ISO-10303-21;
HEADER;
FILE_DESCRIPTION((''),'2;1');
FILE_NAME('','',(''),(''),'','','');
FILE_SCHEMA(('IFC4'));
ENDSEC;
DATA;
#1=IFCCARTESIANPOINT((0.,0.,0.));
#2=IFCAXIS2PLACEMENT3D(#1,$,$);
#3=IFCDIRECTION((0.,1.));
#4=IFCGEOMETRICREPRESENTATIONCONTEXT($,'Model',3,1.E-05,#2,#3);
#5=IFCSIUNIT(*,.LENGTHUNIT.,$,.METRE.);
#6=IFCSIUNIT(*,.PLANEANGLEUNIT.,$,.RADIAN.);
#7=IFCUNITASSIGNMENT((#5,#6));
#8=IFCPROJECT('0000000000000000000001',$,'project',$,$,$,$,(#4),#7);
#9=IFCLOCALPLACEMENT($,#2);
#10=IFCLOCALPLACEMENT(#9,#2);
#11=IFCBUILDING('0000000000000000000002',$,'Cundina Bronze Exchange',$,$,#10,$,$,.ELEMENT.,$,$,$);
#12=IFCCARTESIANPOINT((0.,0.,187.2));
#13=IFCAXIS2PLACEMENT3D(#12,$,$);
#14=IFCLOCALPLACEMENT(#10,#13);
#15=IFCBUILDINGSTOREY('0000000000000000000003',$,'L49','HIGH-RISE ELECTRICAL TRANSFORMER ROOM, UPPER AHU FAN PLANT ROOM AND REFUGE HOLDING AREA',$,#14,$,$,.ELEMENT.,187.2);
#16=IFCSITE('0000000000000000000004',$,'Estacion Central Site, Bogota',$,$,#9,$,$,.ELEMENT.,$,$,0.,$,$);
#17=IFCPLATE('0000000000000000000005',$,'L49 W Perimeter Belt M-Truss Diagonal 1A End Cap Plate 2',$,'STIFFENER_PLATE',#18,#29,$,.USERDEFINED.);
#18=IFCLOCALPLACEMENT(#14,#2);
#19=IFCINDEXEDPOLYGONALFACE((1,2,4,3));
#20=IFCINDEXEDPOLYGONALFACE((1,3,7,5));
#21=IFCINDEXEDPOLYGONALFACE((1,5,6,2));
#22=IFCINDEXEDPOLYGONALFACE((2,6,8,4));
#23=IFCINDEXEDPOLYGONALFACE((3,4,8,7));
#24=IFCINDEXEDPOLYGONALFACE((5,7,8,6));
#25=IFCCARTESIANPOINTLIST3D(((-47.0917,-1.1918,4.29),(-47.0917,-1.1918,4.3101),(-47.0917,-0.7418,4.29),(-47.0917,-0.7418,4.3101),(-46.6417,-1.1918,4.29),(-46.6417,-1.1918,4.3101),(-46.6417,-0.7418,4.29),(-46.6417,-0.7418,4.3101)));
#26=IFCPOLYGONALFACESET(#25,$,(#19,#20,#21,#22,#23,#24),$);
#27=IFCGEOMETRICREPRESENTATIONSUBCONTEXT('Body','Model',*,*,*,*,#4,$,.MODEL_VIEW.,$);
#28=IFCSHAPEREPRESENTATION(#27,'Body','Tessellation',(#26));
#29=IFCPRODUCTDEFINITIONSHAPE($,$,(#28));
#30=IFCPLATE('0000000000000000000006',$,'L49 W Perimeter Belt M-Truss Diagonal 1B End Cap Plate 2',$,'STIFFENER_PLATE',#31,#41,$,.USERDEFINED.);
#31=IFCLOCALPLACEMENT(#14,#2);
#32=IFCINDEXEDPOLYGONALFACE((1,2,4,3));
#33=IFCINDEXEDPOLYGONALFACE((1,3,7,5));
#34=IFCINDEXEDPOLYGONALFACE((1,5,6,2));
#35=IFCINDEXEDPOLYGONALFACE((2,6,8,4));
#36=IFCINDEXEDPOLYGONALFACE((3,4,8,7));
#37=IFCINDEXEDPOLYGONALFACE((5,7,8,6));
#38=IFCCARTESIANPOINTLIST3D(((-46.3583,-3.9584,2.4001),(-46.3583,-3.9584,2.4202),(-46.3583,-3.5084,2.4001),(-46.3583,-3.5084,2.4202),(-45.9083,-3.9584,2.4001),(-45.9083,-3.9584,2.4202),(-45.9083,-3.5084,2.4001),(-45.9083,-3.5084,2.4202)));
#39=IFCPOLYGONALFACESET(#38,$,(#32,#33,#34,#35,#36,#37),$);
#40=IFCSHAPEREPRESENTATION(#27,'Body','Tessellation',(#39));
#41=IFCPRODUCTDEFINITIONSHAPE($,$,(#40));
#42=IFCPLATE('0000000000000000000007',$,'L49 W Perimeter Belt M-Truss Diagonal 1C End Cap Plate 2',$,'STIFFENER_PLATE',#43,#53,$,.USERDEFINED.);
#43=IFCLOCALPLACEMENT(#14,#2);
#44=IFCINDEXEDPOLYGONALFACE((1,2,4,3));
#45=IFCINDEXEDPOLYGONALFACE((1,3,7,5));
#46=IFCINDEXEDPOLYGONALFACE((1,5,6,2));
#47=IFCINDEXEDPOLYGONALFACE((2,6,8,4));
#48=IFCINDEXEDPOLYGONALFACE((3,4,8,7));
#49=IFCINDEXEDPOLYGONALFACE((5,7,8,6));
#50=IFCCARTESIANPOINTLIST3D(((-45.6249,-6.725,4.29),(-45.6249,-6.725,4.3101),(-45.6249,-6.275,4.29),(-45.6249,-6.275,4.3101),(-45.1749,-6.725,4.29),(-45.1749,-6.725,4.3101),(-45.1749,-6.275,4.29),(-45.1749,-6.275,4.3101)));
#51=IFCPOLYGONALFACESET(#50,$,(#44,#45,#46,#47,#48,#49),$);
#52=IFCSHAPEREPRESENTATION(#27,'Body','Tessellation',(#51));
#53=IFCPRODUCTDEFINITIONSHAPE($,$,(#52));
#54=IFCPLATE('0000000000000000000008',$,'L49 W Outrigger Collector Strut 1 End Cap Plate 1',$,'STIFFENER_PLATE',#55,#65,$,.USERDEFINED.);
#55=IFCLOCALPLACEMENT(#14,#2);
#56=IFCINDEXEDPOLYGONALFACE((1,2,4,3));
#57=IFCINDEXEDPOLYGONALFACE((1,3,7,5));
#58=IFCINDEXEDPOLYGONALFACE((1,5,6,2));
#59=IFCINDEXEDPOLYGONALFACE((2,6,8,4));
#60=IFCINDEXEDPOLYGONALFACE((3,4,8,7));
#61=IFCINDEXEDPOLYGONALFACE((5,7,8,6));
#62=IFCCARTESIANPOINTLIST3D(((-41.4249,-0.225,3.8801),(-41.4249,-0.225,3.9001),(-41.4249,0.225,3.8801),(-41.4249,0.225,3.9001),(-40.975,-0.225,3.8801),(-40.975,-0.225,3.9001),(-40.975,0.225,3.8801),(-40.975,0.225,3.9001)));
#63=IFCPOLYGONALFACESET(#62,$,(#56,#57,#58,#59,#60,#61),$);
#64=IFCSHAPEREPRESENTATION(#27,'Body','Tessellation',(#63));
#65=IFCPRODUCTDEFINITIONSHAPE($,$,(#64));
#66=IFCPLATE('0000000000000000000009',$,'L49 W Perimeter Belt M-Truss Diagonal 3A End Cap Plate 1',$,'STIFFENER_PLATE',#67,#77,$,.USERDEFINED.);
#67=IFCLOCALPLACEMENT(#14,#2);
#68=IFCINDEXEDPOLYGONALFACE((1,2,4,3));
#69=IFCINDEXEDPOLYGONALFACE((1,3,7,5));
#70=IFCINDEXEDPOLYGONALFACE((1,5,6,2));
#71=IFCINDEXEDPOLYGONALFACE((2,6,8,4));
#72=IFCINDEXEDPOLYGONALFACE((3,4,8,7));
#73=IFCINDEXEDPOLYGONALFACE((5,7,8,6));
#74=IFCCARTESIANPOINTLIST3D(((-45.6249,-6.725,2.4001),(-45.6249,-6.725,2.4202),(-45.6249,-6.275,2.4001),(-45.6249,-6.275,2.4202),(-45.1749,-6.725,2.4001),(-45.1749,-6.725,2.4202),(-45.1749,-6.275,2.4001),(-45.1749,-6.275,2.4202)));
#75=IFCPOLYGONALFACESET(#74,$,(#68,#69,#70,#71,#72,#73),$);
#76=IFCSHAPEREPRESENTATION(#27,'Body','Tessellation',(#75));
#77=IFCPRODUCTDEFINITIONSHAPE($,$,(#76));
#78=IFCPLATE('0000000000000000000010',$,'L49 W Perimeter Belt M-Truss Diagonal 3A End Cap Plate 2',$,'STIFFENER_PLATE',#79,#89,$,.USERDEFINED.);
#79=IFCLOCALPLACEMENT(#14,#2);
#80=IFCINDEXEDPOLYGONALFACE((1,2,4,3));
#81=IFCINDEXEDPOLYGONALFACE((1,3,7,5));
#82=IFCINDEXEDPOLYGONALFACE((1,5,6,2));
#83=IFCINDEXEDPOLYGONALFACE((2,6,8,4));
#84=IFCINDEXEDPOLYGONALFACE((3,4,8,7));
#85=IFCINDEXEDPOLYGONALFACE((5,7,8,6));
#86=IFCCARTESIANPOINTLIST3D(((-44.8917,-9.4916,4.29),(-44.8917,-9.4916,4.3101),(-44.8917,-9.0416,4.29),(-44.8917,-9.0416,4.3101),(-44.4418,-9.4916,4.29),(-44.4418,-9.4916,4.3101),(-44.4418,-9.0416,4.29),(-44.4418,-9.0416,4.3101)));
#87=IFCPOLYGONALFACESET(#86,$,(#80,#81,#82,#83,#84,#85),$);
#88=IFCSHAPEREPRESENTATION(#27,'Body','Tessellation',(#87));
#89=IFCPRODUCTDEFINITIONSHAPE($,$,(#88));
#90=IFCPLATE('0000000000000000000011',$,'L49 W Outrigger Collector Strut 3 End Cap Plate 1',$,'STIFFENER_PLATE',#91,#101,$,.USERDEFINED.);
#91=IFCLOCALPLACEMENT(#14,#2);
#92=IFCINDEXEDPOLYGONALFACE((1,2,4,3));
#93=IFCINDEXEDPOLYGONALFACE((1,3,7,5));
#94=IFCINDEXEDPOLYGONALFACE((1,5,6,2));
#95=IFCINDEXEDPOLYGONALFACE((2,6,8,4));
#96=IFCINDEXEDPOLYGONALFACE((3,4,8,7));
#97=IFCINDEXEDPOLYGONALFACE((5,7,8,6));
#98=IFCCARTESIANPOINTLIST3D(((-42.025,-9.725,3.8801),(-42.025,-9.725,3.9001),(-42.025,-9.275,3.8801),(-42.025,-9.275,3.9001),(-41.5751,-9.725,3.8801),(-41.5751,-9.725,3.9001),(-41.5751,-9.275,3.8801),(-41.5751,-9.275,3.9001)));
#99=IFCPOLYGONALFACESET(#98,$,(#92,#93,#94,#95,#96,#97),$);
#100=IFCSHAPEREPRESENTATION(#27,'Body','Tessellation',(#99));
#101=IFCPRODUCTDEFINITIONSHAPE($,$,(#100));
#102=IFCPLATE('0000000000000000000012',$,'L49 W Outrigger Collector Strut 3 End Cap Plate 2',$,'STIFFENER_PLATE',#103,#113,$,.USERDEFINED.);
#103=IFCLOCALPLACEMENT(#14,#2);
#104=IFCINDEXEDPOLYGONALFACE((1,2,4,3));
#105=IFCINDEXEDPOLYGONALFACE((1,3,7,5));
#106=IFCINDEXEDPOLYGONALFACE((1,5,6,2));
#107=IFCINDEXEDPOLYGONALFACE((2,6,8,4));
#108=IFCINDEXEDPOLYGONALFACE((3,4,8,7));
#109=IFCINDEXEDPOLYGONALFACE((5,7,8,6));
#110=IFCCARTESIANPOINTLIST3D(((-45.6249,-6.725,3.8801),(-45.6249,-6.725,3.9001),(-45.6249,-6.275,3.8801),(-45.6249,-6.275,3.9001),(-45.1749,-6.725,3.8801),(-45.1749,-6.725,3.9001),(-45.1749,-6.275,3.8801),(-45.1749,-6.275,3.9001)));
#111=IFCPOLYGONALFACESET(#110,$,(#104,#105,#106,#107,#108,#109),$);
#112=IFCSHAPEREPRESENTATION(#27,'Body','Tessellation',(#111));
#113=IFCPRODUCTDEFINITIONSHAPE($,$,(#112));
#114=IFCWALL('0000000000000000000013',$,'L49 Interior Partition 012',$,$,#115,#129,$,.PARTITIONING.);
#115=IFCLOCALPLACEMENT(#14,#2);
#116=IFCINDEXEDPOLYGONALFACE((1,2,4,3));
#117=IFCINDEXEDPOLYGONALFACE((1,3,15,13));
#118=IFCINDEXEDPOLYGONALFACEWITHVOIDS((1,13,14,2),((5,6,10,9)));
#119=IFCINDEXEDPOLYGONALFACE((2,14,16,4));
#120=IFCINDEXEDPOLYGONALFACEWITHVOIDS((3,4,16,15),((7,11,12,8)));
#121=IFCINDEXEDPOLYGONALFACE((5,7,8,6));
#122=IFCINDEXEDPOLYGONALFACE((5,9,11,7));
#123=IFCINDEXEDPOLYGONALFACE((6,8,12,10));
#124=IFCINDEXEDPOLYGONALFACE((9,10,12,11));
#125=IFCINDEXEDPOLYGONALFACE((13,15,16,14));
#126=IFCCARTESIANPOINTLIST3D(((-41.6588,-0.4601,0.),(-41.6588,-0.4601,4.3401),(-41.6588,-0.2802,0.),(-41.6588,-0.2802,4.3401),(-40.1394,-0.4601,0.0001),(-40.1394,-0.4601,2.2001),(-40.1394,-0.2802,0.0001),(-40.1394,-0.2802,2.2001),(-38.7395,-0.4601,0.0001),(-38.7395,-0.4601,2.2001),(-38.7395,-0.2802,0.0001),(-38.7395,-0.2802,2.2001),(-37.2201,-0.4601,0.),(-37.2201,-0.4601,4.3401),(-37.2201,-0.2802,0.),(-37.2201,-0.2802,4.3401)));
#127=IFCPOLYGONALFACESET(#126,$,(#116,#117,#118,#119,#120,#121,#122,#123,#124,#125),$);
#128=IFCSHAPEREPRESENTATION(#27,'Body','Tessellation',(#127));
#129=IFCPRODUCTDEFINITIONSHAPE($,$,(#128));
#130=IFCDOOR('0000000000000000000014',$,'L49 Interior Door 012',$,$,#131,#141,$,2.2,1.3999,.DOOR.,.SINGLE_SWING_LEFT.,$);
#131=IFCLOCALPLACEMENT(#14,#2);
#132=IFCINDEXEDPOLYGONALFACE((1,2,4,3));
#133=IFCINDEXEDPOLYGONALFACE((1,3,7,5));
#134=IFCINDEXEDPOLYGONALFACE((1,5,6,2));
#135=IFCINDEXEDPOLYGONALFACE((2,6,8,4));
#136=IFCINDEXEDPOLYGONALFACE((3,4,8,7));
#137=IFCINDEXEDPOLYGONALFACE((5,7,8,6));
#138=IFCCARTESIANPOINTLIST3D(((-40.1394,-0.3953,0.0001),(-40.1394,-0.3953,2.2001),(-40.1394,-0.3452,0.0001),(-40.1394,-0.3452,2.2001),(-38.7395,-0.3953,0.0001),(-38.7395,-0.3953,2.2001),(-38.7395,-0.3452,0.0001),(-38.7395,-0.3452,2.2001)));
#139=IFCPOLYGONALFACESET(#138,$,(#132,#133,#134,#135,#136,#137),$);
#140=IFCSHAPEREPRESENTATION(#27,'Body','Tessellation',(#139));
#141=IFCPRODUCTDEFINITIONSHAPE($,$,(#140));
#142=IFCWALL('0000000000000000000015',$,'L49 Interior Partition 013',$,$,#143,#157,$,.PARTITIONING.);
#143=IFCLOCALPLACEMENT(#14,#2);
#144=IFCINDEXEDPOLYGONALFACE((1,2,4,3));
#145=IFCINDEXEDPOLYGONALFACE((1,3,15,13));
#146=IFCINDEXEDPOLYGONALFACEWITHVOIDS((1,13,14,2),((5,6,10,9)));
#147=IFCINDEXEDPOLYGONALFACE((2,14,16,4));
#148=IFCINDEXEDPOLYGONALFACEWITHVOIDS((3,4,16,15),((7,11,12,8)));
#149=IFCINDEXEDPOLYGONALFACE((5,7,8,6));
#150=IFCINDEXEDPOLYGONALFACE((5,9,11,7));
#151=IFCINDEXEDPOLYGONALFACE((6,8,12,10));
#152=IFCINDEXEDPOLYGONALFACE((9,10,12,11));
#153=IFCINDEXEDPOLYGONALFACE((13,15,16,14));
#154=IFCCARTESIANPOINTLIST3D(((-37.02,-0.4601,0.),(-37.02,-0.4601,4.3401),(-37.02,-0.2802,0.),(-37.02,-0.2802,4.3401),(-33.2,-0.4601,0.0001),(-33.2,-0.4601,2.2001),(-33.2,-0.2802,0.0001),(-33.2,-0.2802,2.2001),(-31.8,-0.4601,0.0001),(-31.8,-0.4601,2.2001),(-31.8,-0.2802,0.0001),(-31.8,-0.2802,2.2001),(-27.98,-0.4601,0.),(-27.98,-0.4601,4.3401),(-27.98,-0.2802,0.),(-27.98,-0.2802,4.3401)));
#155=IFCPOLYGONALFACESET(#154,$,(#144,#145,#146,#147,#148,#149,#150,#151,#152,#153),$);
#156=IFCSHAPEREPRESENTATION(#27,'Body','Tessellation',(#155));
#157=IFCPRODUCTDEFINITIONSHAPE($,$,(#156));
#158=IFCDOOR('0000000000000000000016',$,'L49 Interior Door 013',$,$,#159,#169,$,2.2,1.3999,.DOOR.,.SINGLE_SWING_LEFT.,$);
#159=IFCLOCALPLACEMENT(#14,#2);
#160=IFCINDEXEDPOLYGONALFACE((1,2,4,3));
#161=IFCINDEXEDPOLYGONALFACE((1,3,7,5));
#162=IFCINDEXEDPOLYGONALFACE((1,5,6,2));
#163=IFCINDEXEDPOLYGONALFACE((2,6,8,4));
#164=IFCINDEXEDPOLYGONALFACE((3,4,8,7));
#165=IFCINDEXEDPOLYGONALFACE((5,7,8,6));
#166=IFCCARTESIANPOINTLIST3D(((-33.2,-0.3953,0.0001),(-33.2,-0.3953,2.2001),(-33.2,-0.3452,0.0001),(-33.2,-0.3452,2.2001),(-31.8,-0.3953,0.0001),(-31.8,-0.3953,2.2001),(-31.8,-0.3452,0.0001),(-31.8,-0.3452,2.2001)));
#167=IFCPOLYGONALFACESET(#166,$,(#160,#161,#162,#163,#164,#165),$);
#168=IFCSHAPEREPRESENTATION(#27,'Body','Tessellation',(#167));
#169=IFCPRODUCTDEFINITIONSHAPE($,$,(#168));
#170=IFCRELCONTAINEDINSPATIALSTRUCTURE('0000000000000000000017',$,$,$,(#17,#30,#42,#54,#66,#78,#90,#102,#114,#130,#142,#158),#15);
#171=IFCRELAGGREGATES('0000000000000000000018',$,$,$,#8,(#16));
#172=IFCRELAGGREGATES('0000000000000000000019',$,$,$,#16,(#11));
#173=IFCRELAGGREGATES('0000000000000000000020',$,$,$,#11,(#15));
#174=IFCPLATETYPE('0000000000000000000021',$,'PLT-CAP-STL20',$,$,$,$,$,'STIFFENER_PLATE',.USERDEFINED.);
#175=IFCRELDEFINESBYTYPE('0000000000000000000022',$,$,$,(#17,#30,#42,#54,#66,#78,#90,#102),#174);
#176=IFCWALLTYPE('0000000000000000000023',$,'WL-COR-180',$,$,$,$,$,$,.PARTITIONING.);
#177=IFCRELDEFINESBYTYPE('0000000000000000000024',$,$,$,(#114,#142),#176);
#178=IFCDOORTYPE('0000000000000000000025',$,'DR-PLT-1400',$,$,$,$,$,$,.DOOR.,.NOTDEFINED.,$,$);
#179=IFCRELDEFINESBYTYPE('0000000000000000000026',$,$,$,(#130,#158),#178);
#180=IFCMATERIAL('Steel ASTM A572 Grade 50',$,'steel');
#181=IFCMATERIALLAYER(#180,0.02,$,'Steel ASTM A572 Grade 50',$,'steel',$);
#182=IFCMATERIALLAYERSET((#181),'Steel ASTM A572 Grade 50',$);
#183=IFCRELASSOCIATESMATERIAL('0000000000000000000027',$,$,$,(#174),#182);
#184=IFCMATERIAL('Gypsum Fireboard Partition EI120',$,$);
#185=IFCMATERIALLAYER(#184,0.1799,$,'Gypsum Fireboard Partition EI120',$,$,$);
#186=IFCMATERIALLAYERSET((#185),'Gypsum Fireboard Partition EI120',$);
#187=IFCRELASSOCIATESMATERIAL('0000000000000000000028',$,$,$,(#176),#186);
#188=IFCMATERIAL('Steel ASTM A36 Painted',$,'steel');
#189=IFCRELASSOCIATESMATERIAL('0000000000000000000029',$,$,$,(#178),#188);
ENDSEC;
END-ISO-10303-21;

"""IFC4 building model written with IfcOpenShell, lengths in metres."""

from ifc_helpers import new_model, si_unit, direction, frame, frame_2d, origin, origin_2d, place, context, subcontext, project, spatial, rectangle, extrude, material, layer, layer_set, type_object, element, fill, save


model = new_model("IFC4")

# Units and contexts
model_context = context("Model", 3, precision=1e-05, world=origin(), true_north=direction((0.0, 1.0)))
body_context = subcontext(model_context, "Body", "Model", "MODEL_VIEW")
ifc_project = project(units=[si_unit("LENGTHUNIT", "METRE"), si_unit("PLANEANGLEUNIT", "RADIAN")], contexts=[model_context])

# Site, building, storey
site_placement = place(None, origin())
site = spatial("IfcSite", under=ifc_project, at=site_placement, Name="Estacion Central Site, Bogota", CompositionType="ELEMENT", RefElevation=0.0)
building_placement = place(site_placement, origin())
building = spatial("IfcBuilding", under=site, at=building_placement, Name="Cundina Bronze Exchange", CompositionType="ELEMENT")
storey_placement = place(building_placement, frame((0.0, 0.0, 187.2)))
storey = spatial("IfcBuildingStorey", under=building, at=storey_placement, Name="L49", Description="HIGH-RISE ELECTRICAL TRANSFORMER ROOM, UPPER AHU FAN PLANT ROOM AND REFUGE HOLDING AREA", CompositionType="ELEMENT", Elevation=187.2)

# Plates
ifc_material_1 = material(Name="Steel ASTM A572 Grade 50", Category="steel")
ifc_layer_1 = layer(ifc_material_1, 0.02, Name="Steel ASTM A572 Grade 50", Category="steel")
ifc_layer_set_1 = layer_set([ifc_layer_1], Name="Steel ASTM A572 Grade 50")
plate_type = type_object("IfcPlateType", Name="PLT-CAP-STL20", ElementType="STIFFENER_PLATE", PredefinedType="USERDEFINED", material=ifc_layer_set_1)
for number, where, z_axis, x_axis, name in (
    (1, (-46.8667, -0.9668, 4.29), (0.0, 0.0, 1.0), (1.0, 0.0, 0.0), "L49 W Perimeter Belt M-Truss Diagonal 1A End Cap Plate 2"),
    (2, (-46.1333, -3.7334, 2.4001), (0.0, 0.0, 1.0), (1.0, 0.0, 0.0), "L49 W Perimeter Belt M-Truss Diagonal 1B End Cap Plate 2"),
    (3, (-45.3999, -6.5, 4.29), (0.0, 0.0, 1.0), (1.0, 0.0, 0.0), "L49 W Perimeter Belt M-Truss Diagonal 1C End Cap Plate 2"),
    (4, (-41.2, 0.0, 3.8801), (0.0, 0.0, 1.0), (1.0, 0.0, 0.0), "L49 W Outrigger Collector Strut 1 End Cap Plate 1"),
    (5, (-45.3999, -6.5, 2.4001), (0.0, 0.0, 1.0), (1.0, 0.0, 0.0), "L49 W Perimeter Belt M-Truss Diagonal 3A End Cap Plate 1"),
    (6, (-44.6667, -9.2666, 4.29), (0.0, 0.0, 1.0), (1.0, 0.0, 0.0), "L49 W Perimeter Belt M-Truss Diagonal 3A End Cap Plate 2"),
    (7, (-41.8, -9.5, 3.8801), (0.0, 0.0, 1.0), (1.0, 0.0, 0.0), "L49 W Outrigger Collector Strut 3 End Cap Plate 1"),
    (8, (-45.3999, -6.5, 3.8801), (0.0, 0.0, 1.0), (1.0, 0.0, 0.0), "L49 W Outrigger Collector Strut 3 End Cap Plate 2"),
):
    element("IfcPlate", number, at=place(storey_placement, frame(where, z_axis=z_axis, x_axis=x_axis)), inside=storey, type_object=plate_type, Name=name, ObjectType="STIFFENER_PLATE", PredefinedType="USERDEFINED", context=body_context, shape_type="SweptSolid", body=[
        extrude(rectangle(XDim=0.45, YDim=0.45, at=origin_2d()), origin(), (0.0, 0.0, 1.0), 0.02),
    ])

# Walls, openings, doors
ifc_material_2 = material(Name="Gypsum Fireboard Partition EI120")
ifc_layer_2 = layer(ifc_material_2, 0.1799, Name="Gypsum Fireboard Partition EI120")
ifc_layer_set_2 = layer_set([ifc_layer_2], Name="Gypsum Fireboard Partition EI120")
wall_type = type_object("IfcWallType", Name="WL-COR-180", PredefinedType="PARTITIONING", material=ifc_layer_set_2)
wall_1_placement = place(storey_placement, frame((-41.6587, -0.3701, 0.0), z_axis=(0.0, 0.0, 1.0), x_axis=(1.0, 0.0, 0.0)))
wall_1 = element("IfcWall", 9, at=wall_1_placement, inside=storey, type_object=wall_type, Name="L49 Interior Partition 012", PredefinedType="PARTITIONING", context=body_context, shape_type="SweptSolid", body=[
    extrude(rectangle(XDim=4.4387, YDim=0.1799, at=frame_2d((2.2192, 0.0))), origin(), (0.0, 0.0, 1.0), 4.3401),
])
opening_1_placement = place(wall_1_placement, frame((1.5193, 0.0, 0.0)))
opening_1 = element("IfcOpeningElement", 10, at=opening_1_placement, cuts=wall_1, PredefinedType="OPENING", context=body_context, shape_type="SweptSolid", body=[
    extrude(rectangle(XDim=1.3999, YDim=2.2, at=frame_2d((0.7, 1.1001))), frame((0.0, 0.0999, 0.0), z_axis=(0.0, -1.0, 0.0), x_axis=(1.0, 0.0, 0.0)), (0.0, 0.0, 1.0), 0.2),
])
ifc_material_3 = material(Name="Steel ASTM A36 Painted", Category="steel")
door_type = type_object("IfcDoorType", Name="DR-PLT-1400", OperationType="NOTDEFINED", PredefinedType="DOOR", material=ifc_material_3)
door_1_placement = place(opening_1_placement, origin())
door_1 = element("IfcDoor", 11, at=door_1_placement, inside=storey, type_object=door_type, Name="L49 Interior Door 012", OperationType="SINGLE_SWING_LEFT", OverallHeight=2.2, OverallWidth=1.3999, PredefinedType="DOOR", context=body_context, shape_type="SweptSolid", body=[
    extrude(rectangle(XDim=1.3999, YDim=2.2, at=frame_2d((0.7, 1.1001))), frame((0.0, 0.0249, 0.0), z_axis=(0.0, -1.0, 0.0), x_axis=(1.0, 0.0, 0.0)), (0.0, 0.0, 1.0), 0.05),
])
fill(opening_1, door_1)
wall_2_placement = place(storey_placement, frame((-37.02, -0.3701, 0.0), z_axis=(0.0, 0.0, 1.0), x_axis=(1.0, 0.0, 0.0)))
wall_2 = element("IfcWall", 12, at=wall_2_placement, inside=storey, type_object=wall_type, Name="L49 Interior Partition 013", PredefinedType="PARTITIONING", context=body_context, shape_type="SweptSolid", body=[
    extrude(rectangle(XDim=9.04, YDim=0.1799, at=frame_2d((4.52, 0.0))), origin(), (0.0, 0.0, 1.0), 4.3401),
])
opening_2_placement = place(wall_2_placement, frame((3.8201, 0.0, 0.0)))
opening_2 = element("IfcOpeningElement", 13, at=opening_2_placement, cuts=wall_2, PredefinedType="OPENING", context=body_context, shape_type="SweptSolid", body=[
    extrude(rectangle(XDim=1.3999, YDim=2.2, at=frame_2d((0.7, 1.1001))), frame((0.0, 0.0999, 0.0), z_axis=(0.0, -1.0, 0.0), x_axis=(1.0, 0.0, 0.0)), (0.0, 0.0, 1.0), 0.2),
])
door_2_placement = place(opening_2_placement, origin())
door_2 = element("IfcDoor", 14, at=door_2_placement, inside=storey, type_object=door_type, Name="L49 Interior Door 013", OperationType="SINGLE_SWING_LEFT", OverallHeight=2.2, OverallWidth=1.3999, PredefinedType="DOOR", context=body_context, shape_type="SweptSolid", body=[
    extrude(rectangle(XDim=1.3999, YDim=2.2, at=frame_2d((0.7, 1.1001))), frame((0.0, 0.0249, 0.0), z_axis=(0.0, -1.0, 0.0), x_axis=(1.0, 0.0, 0.0)), (0.0, 0.0, 1.0), 0.05),
])
fill(opening_2, door_2)

save(model, "model.ifc")
